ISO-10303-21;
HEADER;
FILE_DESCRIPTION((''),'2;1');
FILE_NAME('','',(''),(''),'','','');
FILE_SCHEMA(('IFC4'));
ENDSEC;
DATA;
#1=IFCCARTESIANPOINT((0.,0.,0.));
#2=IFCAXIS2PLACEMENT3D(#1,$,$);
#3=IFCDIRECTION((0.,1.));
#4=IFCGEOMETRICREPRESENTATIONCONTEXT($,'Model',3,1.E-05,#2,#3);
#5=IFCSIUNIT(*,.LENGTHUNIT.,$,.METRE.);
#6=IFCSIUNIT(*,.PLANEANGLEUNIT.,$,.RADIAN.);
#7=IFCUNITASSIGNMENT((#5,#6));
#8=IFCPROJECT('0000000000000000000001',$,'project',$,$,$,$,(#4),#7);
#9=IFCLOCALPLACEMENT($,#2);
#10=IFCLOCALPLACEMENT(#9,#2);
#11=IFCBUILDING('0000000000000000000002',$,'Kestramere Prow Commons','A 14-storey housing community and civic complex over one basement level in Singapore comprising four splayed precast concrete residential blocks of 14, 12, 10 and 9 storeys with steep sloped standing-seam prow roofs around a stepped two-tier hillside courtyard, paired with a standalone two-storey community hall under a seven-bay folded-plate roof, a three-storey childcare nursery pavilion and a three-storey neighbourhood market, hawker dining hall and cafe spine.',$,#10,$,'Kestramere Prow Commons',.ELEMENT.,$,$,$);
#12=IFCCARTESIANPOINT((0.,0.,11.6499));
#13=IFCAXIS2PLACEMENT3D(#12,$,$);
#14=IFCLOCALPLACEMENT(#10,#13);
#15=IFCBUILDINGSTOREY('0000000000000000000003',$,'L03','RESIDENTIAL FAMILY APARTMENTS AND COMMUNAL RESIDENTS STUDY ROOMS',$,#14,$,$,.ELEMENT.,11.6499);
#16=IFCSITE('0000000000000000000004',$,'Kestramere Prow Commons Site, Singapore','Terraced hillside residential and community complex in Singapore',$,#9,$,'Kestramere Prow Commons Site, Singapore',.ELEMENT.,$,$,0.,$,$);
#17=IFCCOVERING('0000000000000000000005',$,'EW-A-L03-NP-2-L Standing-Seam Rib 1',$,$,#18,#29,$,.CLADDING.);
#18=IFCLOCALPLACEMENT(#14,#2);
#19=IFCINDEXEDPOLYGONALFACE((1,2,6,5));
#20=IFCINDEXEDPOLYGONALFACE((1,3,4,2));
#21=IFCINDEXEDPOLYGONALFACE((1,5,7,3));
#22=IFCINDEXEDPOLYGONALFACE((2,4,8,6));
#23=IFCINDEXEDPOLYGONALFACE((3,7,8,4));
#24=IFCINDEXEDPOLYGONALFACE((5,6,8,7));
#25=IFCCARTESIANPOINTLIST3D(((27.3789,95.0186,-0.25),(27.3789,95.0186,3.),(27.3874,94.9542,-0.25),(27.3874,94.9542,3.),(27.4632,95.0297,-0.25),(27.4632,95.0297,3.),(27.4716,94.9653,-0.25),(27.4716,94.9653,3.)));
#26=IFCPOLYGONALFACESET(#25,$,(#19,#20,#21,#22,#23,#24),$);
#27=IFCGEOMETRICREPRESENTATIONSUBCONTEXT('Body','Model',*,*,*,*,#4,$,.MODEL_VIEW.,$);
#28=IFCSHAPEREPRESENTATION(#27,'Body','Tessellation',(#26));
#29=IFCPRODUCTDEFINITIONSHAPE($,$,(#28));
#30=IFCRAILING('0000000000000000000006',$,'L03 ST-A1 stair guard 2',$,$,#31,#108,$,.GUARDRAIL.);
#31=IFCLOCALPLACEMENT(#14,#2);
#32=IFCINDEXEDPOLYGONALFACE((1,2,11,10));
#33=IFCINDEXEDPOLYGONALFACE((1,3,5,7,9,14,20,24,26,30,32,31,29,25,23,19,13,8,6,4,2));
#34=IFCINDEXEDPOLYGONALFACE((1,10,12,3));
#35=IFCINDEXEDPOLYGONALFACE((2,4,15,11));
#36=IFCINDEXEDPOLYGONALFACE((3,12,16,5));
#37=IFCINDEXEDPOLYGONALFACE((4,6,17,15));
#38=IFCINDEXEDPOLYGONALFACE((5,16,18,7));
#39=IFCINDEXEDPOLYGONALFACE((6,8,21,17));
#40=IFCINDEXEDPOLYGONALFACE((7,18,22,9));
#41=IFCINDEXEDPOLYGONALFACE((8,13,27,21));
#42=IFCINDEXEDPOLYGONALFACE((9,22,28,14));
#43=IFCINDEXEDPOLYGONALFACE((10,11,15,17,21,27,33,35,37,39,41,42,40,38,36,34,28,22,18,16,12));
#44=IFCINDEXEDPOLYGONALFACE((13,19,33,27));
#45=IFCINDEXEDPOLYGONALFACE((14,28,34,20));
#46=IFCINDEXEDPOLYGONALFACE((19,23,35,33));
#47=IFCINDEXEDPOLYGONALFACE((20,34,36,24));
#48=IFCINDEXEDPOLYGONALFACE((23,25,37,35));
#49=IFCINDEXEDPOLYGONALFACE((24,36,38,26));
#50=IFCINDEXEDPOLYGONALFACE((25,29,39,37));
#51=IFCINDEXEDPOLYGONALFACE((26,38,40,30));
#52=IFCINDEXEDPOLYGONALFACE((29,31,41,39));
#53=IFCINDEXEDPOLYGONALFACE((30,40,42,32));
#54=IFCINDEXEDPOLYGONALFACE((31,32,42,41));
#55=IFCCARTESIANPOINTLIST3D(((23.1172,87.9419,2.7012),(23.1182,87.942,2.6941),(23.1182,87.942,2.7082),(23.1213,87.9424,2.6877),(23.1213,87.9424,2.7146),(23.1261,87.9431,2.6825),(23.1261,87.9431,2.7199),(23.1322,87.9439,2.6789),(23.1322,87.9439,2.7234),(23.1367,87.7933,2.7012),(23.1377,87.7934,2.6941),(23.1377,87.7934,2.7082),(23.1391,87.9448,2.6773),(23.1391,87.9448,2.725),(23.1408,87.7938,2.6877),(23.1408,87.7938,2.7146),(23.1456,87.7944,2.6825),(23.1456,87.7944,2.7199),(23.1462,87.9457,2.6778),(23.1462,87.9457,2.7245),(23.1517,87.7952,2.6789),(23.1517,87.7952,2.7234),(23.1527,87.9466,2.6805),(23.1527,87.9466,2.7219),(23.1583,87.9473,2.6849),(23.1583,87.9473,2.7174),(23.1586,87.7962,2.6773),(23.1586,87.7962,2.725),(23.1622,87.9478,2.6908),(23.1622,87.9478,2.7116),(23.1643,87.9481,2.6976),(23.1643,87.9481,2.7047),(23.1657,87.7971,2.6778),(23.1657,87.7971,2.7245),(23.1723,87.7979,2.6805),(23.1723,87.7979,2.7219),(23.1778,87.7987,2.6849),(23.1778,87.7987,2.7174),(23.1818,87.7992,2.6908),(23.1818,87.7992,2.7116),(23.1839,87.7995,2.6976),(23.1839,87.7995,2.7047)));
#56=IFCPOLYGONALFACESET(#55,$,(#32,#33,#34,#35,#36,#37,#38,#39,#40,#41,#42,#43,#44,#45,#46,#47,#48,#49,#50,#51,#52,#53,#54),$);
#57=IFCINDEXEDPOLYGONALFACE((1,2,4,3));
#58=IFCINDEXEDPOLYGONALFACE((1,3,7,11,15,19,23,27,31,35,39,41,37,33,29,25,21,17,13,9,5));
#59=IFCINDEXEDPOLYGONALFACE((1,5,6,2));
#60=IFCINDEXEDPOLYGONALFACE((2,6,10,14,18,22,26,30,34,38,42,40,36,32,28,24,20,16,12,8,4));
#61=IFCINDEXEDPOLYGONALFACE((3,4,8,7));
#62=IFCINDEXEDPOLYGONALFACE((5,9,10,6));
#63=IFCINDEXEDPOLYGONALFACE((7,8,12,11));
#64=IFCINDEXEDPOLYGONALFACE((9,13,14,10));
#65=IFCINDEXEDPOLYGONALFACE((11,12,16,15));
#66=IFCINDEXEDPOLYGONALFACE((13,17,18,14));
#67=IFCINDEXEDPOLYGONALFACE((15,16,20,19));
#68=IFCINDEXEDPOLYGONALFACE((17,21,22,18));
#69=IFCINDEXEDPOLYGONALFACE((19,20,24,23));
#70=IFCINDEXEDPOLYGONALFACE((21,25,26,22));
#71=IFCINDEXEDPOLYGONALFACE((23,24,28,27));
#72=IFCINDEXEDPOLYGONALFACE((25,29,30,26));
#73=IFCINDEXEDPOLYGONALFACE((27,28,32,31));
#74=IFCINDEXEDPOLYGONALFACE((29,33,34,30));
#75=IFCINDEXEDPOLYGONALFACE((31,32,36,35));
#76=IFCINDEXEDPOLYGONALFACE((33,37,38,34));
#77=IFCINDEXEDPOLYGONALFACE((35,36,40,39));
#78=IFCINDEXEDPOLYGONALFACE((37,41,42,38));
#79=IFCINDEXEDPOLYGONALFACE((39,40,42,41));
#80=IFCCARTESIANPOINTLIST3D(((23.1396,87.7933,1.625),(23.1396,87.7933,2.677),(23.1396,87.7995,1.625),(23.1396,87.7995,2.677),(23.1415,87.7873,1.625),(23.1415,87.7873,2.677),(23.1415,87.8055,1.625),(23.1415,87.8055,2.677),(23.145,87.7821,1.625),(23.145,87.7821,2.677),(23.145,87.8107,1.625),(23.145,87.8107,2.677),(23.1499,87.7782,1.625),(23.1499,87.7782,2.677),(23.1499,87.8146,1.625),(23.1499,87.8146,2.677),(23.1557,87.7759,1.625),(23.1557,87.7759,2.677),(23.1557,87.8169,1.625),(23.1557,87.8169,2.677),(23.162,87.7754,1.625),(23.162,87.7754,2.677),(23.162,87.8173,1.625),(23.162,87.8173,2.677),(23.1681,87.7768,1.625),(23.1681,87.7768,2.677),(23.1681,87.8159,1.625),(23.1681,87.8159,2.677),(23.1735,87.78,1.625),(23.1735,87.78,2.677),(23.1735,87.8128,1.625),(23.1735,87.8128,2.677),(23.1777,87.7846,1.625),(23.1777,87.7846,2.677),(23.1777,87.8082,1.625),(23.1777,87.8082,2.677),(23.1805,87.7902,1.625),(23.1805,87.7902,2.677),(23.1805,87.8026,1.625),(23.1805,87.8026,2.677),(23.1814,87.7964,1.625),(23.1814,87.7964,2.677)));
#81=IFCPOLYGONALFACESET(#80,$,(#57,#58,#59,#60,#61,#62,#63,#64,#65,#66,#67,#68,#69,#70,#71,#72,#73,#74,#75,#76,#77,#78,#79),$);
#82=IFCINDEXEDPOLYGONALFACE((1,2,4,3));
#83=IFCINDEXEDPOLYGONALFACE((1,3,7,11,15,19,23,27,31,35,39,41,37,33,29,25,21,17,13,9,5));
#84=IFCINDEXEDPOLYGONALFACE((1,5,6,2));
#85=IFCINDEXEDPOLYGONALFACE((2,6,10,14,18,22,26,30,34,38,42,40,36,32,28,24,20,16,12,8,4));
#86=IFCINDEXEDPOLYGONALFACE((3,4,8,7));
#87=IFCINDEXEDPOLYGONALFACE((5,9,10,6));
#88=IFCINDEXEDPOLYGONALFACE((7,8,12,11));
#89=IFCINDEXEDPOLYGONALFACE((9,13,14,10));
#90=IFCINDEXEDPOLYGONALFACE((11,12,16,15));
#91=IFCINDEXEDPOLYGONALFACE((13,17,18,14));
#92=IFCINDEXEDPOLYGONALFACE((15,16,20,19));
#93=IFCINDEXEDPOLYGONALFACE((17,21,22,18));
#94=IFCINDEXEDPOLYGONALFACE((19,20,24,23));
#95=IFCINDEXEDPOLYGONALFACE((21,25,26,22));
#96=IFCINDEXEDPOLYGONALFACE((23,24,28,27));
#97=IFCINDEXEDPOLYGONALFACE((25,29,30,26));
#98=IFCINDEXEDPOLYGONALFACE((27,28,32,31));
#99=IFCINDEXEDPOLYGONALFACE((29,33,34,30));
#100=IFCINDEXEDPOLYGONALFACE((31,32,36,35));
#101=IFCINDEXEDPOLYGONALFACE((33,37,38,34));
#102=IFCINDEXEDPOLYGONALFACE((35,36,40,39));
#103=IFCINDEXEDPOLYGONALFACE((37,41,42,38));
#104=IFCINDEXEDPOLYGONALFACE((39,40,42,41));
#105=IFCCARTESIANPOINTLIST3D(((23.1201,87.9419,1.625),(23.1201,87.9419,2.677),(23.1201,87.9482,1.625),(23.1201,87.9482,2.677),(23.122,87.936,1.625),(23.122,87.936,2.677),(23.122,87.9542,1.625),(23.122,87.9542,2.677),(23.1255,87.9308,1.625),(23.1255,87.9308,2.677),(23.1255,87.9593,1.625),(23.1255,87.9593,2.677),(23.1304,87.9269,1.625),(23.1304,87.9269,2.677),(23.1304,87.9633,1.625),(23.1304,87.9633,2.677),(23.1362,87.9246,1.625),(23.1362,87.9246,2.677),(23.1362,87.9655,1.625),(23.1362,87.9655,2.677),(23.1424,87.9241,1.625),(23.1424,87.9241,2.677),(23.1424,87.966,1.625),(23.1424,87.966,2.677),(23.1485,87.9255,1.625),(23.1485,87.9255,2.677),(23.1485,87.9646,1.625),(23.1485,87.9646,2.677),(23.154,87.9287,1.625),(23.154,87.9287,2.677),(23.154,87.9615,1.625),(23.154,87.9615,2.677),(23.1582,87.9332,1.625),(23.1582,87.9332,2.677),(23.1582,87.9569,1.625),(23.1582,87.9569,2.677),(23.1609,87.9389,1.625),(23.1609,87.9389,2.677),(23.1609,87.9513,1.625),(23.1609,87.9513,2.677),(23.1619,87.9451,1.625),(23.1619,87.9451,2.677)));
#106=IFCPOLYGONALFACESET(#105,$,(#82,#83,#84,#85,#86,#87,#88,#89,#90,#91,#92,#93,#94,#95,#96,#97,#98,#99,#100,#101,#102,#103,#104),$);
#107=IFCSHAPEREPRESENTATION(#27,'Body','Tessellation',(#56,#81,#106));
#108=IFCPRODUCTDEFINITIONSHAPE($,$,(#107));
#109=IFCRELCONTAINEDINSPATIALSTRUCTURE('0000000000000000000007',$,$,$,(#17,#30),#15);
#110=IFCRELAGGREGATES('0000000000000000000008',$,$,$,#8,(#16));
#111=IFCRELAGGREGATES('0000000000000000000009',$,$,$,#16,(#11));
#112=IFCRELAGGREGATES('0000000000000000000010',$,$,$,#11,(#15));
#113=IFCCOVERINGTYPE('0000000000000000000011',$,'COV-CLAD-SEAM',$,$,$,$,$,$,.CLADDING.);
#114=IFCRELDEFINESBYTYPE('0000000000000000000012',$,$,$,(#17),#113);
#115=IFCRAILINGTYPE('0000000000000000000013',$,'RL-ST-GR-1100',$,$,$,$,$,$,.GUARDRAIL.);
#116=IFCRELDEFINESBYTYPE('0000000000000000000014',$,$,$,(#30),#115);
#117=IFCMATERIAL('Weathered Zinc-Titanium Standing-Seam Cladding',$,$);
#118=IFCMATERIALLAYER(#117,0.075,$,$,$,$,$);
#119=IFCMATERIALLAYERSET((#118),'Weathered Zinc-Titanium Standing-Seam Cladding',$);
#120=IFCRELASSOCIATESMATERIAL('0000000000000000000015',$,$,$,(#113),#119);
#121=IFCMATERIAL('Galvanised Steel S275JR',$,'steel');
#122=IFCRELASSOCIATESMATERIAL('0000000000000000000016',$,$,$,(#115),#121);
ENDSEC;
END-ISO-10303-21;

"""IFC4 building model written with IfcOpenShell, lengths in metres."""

from ifc_helpers import new_model, si_unit, direction, frame, origin, origin_2d, place, context, subcontext, project, spatial, rectangle, circle, extrude, material, layer, layer_set, type_object, element, save


model = new_model("IFC4")

# Units and contexts
model_context = context("Model", 3, precision=1e-05, world=origin(), true_north=direction((0.0, 1.0)))
body_context = subcontext(model_context, "Body", "Model", "MODEL_VIEW")
ifc_project = project(units=[si_unit("LENGTHUNIT", "METRE"), si_unit("PLANEANGLEUNIT", "RADIAN")], contexts=[model_context])

# Site, building, storey
site_placement = place(None, origin())
site = spatial("IfcSite", under=ifc_project, at=site_placement, Name="Kestramere Prow Commons Site, Singapore", Description="Terraced hillside residential and community complex in Singapore", LongName="Kestramere Prow Commons Site, Singapore", CompositionType="ELEMENT", RefElevation=0.0)
building_placement = place(site_placement, origin())
building = spatial("IfcBuilding", under=site, at=building_placement, Name="Kestramere Prow Commons", Description="A 14-storey housing community and civic complex over one basement level in Singapore comprising four splayed precast concrete residential blocks of 14, 12, 10 and 9 storeys with steep sloped standing-seam prow roofs around a stepped two-tier hillside courtyard, paired with a standalone two-storey community hall under a seven-bay folded-plate roof, a three-storey childcare nursery pavilion and a three-storey neighbourhood market, hawker dining hall and cafe spine.", LongName="Kestramere Prow Commons", CompositionType="ELEMENT")
storey_placement = place(building_placement, frame((0.0, 0.0, 11.6499)))
storey = spatial("IfcBuildingStorey", under=building, at=storey_placement, Name="L03", Description="RESIDENTIAL FAMILY APARTMENTS AND COMMUNAL RESIDENTS STUDY ROOMS", CompositionType="ELEMENT", Elevation=11.6499)

# Covering
ifc_material_1 = material(Name="Weathered Zinc-Titanium Standing-Seam Cladding")
ifc_layer_1 = layer(ifc_material_1, 0.075)
ifc_layer_set_1 = layer_set([ifc_layer_1], Name="Weathered Zinc-Titanium Standing-Seam Cladding")
covering_type = type_object("IfcCoveringType", Name="COV-CLAD-SEAM", PredefinedType="CLADDING", material=ifc_layer_set_1)
for number, where, z_axis, x_axis, name in (
    (1, (27.4253, 94.9919, -0.25), (0.0, 0.0, 1.0), (0.991445, 0.130526, 0.0), "EW-A-L03-NP-2-L Standing-Seam Rib 1"),
):
    element("IfcCovering", number, at=place(storey_placement, frame(where, z_axis=z_axis, x_axis=x_axis)), inside=storey, type_object=covering_type, Name=name, PredefinedType="CLADDING", context=body_context, shape_type="SweptSolid", body=[
        extrude(rectangle(XDim=0.085, YDim=0.0649, at=origin_2d()), origin(), (0.0, 0.0, 1.0), 3.25),
    ])

# Railing
ifc_material_2 = material(Name="Galvanised Steel S275JR", Category="steel")
railing_type_1 = type_object("IfcRailingType", Name="RL-ST-GR-1100", PredefinedType="GUARDRAIL", material=ifc_material_2)
railing_1_placement = place(storey_placement, frame((23.1604, 87.7964, 1.625)))
element("IfcRailing", 2, at=railing_1_placement, inside=storey, type_object=railing_type_1, Name="L03 ST-A1 stair guard 2", PredefinedType="GUARDRAIL", context=body_context, shape_type="SweptSolid", body=[
    extrude(circle(Radius=0.0239, at=origin_2d()), frame((0.0, 0.0, 1.0762), z_axis=(-0.130244, 0.991482, 0.0), x_axis=(-0.991482, -0.130244, 0.0)), (0.0, 0.0, 1.0), 0.1499),
    extrude(circle(Radius=0.021, at=origin_2d()), origin(), (0.0, 0.0, 1.0), 1.052),
    extrude(circle(Radius=0.021, at=origin_2d()), frame((-0.0195, 0.1487, 0.0)), (0.0, 0.0, 1.0), 1.052),
])

save(model, "model.ifc")
